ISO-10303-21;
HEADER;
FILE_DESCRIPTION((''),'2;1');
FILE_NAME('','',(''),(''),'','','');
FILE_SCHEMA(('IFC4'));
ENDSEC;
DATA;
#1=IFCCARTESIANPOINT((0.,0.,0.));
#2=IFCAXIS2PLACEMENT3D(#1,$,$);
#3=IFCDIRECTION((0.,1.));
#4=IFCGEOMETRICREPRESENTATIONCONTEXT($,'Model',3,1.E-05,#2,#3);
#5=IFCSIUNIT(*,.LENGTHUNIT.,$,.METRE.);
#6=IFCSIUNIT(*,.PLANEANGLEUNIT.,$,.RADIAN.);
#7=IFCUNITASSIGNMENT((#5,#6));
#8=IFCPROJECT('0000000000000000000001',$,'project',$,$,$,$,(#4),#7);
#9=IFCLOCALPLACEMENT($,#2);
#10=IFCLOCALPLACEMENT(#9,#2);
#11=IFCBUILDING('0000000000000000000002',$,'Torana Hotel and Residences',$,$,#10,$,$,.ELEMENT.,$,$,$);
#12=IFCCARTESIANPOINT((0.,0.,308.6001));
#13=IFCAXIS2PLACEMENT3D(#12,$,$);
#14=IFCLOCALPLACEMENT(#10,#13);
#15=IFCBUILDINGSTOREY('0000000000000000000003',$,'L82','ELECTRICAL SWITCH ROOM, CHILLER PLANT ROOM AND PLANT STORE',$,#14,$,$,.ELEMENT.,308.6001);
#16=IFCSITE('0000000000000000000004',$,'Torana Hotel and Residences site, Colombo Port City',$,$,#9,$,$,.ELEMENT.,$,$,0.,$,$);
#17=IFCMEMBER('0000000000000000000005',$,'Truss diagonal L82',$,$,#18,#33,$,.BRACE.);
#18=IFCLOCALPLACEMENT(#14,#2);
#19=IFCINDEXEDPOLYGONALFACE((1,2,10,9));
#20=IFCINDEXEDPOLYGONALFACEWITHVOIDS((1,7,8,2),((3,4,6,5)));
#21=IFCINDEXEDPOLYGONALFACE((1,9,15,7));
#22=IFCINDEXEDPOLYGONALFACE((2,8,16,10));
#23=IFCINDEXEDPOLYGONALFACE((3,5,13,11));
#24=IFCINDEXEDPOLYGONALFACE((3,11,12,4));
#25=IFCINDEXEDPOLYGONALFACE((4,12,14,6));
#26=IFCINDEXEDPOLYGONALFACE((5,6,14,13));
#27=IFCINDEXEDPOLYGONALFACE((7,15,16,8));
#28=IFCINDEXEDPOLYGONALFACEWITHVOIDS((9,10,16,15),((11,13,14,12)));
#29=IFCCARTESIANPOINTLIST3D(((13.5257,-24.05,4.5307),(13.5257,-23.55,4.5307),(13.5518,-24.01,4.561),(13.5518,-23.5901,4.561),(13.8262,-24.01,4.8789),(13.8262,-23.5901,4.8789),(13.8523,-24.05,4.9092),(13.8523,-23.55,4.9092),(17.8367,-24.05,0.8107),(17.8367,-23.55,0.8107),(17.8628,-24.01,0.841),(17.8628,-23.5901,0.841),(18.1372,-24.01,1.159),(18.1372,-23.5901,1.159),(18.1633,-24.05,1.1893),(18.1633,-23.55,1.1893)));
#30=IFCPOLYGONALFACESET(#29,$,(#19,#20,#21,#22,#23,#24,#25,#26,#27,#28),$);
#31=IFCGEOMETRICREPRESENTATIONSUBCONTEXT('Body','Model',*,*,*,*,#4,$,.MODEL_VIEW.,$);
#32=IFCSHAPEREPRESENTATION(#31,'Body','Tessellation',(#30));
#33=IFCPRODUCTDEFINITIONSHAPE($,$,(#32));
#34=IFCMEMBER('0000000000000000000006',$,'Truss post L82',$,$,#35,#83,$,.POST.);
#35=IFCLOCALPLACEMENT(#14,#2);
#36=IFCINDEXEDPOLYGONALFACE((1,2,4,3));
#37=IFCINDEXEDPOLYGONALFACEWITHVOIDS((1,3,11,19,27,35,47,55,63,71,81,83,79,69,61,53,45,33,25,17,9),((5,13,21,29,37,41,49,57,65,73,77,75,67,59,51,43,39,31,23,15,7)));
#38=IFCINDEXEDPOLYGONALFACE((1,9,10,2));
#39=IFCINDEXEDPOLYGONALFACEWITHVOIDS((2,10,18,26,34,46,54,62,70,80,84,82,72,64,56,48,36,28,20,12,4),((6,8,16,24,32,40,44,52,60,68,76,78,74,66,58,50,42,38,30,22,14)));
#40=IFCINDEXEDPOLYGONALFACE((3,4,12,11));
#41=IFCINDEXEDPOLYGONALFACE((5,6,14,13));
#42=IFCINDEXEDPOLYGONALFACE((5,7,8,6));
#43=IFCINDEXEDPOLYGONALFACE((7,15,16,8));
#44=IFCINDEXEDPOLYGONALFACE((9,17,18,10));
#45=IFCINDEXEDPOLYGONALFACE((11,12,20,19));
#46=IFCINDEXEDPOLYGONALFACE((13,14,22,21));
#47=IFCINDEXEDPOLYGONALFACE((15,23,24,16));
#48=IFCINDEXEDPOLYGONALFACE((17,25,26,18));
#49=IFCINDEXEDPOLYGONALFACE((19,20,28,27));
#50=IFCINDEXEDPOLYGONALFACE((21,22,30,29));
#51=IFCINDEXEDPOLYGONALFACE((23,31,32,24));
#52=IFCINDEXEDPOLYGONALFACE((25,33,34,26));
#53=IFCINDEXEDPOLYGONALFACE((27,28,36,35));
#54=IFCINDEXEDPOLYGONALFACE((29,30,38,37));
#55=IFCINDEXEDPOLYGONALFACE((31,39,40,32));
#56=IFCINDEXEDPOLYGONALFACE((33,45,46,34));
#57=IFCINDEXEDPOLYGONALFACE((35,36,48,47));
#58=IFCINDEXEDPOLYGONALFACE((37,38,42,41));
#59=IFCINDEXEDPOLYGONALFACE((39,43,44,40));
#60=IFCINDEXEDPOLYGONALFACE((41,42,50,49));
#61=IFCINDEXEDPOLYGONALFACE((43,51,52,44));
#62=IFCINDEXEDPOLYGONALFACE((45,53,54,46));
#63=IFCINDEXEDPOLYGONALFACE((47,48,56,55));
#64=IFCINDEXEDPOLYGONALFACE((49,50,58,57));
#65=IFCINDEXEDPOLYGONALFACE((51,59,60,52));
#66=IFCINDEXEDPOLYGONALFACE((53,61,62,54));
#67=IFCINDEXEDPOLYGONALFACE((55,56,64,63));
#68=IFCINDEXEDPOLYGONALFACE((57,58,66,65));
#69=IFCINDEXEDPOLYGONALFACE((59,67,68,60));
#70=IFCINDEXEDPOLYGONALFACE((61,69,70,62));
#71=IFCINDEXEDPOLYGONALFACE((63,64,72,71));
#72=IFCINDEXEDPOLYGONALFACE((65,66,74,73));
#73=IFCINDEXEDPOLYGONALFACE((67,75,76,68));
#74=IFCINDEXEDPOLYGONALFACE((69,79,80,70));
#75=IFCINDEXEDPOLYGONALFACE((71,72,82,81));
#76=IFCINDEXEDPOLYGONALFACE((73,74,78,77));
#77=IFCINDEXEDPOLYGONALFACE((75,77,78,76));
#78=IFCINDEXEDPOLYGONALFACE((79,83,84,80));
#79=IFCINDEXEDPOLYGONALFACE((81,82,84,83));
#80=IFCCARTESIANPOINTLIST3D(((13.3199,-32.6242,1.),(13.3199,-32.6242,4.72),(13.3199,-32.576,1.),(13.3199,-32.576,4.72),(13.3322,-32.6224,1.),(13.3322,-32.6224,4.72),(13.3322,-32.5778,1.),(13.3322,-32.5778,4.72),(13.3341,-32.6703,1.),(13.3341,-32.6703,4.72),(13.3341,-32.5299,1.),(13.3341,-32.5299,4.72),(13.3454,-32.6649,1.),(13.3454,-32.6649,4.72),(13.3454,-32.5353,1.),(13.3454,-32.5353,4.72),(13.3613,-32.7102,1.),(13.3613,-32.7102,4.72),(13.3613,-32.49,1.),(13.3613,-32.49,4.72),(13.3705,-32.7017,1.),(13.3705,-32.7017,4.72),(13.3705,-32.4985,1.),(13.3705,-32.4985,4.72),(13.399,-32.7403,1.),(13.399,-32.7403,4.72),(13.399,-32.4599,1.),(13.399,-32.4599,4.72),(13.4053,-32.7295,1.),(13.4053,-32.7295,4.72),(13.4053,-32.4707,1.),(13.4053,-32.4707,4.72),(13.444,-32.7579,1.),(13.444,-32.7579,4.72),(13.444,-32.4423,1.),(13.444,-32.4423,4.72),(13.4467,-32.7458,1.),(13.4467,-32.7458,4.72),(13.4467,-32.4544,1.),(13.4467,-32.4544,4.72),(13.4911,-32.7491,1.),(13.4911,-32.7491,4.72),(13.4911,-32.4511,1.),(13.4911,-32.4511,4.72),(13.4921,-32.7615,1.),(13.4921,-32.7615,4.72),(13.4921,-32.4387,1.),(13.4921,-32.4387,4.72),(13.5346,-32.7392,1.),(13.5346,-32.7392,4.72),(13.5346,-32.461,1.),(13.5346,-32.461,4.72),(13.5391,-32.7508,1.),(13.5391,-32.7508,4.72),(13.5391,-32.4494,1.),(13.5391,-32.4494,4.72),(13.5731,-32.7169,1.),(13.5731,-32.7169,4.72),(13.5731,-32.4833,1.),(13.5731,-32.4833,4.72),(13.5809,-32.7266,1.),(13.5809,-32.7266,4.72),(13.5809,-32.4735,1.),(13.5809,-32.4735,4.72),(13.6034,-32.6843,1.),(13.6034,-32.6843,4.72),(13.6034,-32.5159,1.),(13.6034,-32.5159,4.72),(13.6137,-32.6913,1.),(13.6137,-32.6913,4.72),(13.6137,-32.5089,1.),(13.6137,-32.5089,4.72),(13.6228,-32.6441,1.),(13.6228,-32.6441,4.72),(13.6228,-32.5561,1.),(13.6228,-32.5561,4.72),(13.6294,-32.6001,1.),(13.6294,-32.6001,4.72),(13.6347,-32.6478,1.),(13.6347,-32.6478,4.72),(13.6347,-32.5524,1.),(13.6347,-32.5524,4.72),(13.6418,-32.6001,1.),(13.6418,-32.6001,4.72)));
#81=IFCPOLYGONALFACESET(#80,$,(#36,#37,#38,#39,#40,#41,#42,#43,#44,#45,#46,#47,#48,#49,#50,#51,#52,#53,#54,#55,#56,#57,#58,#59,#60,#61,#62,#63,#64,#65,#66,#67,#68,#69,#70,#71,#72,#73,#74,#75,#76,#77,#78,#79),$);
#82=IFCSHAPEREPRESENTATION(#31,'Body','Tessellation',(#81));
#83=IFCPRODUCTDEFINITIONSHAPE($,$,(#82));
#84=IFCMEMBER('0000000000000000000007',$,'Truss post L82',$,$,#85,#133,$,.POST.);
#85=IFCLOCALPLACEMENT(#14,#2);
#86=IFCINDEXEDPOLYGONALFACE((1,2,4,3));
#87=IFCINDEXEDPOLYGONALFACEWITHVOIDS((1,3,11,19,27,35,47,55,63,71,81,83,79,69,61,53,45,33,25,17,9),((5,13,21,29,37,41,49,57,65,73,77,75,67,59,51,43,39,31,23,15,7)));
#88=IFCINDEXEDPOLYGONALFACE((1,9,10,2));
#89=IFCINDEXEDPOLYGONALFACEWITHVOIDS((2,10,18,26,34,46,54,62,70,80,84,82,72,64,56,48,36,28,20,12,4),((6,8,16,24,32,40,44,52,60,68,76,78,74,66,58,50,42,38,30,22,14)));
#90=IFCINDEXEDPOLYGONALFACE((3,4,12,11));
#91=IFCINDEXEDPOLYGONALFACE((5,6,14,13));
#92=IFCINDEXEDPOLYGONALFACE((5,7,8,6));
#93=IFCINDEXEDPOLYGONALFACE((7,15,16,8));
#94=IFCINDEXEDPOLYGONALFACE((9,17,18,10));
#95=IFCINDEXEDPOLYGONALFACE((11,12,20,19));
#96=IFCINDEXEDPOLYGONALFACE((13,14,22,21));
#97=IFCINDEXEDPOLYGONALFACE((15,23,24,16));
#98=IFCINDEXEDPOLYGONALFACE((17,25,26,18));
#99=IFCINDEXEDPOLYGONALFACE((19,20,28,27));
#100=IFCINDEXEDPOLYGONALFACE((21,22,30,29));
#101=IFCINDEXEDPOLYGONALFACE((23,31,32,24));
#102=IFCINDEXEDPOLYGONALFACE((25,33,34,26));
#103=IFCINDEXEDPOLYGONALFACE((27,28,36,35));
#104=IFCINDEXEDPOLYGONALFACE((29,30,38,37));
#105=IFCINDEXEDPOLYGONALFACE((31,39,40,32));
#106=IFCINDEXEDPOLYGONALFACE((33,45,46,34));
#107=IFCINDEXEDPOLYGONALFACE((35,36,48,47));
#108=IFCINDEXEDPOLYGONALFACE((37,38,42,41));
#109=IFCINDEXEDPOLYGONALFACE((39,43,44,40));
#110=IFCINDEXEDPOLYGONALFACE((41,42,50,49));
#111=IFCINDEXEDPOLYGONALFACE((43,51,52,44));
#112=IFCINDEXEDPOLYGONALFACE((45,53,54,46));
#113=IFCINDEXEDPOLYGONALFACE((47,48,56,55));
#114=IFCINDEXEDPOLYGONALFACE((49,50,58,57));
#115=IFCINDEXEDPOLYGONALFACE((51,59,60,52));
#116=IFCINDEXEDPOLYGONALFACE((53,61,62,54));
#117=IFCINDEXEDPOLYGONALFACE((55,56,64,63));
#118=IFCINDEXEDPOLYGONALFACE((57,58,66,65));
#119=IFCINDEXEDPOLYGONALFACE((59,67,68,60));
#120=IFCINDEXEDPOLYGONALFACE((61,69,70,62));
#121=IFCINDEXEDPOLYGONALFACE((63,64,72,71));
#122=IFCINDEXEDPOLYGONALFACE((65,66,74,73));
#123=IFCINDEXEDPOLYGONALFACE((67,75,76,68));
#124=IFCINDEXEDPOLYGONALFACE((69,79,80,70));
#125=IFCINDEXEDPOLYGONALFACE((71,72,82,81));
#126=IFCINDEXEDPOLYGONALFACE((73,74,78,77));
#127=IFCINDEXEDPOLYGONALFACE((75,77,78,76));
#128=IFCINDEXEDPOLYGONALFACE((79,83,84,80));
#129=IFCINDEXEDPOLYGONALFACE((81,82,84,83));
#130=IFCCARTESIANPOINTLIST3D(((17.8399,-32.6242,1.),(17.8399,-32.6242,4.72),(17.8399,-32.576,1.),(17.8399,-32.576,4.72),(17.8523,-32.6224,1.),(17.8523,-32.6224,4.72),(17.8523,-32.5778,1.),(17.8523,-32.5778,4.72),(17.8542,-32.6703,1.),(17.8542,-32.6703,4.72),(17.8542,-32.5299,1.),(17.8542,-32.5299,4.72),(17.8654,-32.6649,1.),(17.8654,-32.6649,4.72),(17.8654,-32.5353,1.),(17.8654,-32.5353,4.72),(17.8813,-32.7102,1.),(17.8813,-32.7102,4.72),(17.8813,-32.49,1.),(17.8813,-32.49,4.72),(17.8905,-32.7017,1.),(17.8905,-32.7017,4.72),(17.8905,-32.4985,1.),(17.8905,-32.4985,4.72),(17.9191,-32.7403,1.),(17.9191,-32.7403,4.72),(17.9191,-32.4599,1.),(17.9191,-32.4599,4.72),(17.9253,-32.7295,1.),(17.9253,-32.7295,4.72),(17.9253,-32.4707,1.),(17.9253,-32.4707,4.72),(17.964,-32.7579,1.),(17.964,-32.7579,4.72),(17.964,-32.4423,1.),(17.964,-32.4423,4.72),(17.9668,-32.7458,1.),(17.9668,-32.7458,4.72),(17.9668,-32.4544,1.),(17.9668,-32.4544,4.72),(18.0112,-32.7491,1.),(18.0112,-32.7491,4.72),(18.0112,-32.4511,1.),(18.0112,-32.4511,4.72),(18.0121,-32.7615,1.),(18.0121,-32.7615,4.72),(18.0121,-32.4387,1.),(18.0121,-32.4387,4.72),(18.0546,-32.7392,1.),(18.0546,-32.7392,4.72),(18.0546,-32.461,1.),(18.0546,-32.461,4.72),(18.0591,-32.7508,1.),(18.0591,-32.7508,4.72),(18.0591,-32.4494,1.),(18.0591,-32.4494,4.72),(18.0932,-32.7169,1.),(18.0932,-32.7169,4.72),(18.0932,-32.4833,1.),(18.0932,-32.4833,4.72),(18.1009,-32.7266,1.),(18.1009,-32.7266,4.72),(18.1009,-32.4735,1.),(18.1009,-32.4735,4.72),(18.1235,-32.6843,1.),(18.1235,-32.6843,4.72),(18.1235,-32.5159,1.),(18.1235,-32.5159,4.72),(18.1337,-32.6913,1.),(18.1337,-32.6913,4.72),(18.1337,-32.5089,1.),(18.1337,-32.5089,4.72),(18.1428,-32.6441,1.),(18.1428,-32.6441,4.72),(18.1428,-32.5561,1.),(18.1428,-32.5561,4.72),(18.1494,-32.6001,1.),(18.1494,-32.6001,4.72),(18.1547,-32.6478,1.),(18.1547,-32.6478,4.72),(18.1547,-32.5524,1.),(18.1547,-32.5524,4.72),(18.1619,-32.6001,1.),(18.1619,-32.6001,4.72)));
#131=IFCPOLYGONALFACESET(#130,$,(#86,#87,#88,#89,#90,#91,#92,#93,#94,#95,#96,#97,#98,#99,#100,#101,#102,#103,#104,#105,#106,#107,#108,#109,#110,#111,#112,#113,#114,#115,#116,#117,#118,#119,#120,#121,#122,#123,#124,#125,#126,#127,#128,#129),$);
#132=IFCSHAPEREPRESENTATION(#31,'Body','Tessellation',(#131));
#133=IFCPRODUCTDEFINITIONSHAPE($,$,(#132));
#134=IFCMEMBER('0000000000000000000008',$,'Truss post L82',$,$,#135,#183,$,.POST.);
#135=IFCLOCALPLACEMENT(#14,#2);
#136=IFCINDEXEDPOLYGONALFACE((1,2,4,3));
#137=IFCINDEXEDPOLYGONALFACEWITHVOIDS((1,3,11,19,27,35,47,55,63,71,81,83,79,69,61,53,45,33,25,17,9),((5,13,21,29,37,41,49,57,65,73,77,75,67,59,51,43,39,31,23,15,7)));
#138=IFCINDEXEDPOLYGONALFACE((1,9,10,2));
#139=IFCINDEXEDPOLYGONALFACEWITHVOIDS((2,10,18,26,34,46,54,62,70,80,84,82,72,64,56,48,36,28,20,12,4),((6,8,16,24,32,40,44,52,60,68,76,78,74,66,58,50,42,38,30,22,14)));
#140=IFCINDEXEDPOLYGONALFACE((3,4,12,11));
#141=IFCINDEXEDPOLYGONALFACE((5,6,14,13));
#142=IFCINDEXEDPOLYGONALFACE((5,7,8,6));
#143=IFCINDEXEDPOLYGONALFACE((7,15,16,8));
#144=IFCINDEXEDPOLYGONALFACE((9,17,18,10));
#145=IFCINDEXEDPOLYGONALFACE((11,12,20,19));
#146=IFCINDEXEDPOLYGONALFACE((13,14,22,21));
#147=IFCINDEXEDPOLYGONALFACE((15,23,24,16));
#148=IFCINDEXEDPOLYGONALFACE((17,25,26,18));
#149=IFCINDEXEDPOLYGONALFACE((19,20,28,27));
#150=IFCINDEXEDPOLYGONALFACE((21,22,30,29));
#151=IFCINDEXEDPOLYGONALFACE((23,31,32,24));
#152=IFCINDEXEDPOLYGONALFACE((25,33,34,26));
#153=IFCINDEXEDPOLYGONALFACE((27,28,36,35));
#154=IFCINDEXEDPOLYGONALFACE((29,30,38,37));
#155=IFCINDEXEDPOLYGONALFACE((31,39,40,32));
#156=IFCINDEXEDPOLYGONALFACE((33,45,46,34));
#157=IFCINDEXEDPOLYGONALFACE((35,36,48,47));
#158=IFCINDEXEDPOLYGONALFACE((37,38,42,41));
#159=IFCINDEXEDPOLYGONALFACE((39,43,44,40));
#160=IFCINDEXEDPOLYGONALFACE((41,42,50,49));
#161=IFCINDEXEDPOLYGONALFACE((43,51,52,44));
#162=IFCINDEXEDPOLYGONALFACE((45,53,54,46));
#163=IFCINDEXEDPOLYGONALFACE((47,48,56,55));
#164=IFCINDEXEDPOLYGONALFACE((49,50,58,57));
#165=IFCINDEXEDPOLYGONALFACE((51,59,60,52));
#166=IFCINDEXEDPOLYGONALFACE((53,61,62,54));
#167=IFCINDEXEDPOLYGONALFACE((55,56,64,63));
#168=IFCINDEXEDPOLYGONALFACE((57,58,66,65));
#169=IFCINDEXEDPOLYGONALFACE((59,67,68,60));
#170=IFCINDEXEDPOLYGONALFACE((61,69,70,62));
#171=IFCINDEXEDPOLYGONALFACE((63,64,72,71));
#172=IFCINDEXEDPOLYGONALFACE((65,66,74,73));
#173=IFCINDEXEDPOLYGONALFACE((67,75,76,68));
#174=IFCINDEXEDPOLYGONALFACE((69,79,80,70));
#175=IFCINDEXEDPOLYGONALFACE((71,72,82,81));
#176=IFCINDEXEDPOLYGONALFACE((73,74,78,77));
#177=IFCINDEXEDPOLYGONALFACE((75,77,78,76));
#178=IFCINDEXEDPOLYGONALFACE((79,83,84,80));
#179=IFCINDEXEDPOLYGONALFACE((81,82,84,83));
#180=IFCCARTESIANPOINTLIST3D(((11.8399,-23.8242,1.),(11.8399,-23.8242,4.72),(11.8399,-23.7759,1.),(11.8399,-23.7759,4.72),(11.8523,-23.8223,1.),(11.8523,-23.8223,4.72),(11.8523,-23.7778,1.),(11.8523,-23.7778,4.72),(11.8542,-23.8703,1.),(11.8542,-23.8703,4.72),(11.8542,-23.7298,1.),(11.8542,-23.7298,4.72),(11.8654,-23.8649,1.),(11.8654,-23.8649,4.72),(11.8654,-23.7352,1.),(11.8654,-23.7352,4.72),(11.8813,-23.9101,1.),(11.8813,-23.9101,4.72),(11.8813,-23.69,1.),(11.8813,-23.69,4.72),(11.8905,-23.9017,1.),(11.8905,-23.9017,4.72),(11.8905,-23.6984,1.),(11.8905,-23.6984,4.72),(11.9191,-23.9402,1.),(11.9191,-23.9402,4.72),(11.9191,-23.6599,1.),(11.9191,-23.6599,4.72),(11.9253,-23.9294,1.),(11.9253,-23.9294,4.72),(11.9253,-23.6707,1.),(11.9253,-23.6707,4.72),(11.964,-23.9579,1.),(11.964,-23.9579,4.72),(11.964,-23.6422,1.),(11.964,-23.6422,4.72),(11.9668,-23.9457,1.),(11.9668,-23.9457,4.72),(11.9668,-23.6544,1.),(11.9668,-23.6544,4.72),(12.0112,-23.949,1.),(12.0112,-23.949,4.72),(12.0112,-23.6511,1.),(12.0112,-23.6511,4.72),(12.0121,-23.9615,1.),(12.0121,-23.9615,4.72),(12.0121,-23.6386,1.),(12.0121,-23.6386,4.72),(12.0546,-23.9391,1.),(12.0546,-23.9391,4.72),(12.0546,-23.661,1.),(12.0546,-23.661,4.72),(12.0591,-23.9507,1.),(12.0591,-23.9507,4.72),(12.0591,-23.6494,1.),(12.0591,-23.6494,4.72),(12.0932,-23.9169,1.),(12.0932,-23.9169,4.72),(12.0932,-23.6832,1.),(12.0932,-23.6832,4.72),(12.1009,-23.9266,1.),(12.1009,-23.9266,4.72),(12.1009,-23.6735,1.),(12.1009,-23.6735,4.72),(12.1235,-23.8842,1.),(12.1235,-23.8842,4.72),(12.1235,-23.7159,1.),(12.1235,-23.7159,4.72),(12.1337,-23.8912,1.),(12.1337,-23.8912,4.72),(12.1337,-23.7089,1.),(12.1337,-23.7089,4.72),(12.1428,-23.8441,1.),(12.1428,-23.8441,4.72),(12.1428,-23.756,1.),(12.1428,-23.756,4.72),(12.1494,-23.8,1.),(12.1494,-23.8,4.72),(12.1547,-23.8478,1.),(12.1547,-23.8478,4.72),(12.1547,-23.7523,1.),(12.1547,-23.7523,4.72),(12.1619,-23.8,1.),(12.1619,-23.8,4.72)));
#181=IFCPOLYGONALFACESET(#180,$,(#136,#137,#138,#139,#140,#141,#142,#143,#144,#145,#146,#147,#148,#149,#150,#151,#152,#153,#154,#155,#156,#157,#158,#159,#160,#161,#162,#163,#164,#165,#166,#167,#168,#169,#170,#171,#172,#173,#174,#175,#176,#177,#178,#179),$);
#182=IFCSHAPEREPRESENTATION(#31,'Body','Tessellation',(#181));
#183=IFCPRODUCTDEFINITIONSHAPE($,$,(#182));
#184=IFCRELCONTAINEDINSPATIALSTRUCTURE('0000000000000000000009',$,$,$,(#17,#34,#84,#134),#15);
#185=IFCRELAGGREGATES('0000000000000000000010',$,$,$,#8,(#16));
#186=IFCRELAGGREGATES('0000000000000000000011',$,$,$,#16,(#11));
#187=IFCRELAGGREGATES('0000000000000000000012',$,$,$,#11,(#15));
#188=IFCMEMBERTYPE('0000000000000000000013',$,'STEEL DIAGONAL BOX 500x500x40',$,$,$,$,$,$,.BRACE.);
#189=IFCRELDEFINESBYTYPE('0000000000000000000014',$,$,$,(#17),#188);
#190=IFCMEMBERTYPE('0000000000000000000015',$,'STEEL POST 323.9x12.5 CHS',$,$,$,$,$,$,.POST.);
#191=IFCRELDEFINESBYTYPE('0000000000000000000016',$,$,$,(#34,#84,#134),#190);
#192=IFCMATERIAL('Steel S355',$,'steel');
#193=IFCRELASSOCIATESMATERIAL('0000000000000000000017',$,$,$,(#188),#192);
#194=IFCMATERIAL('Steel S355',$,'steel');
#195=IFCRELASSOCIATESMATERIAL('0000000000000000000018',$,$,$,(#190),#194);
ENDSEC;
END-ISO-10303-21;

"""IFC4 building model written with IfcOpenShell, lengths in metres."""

from ifc_helpers import new_model, si_unit, direction, frame, origin, origin_2d, place, context, subcontext, project, spatial, hollow_rectangle, hollow_circle, extrude, material, material_profile, profile_set, type_object, element, save


model = new_model("IFC4")

# Units and contexts
model_context = context("Model", 3, precision=1e-05, world=origin(), true_north=direction((0.0, 1.0)))
body_context = subcontext(model_context, "Body", "Model", "MODEL_VIEW")
ifc_project = project(units=[si_unit("LENGTHUNIT", "METRE"), si_unit("PLANEANGLEUNIT", "RADIAN")], contexts=[model_context])

# Site, building, storey
site_placement = place(None, origin())
site = spatial("IfcSite", under=ifc_project, at=site_placement, Name="Torana Hotel and Residences site, Colombo Port City", CompositionType="ELEMENT", RefElevation=0.0)
building_placement = place(site_placement, origin())
building = spatial("IfcBuilding", under=site, at=building_placement, Name="Torana Hotel and Residences", CompositionType="ELEMENT")
storey_placement = place(building_placement, frame((0.0, 0.0, 308.6001)))
storey = spatial("IfcBuildingStorey", under=building, at=storey_placement, Name="L82", Description="ELECTRICAL SWITCH ROOM, CHILLER PLANT ROOM AND PLANT STORE", CompositionType="ELEMENT", Elevation=308.6001)

# Members
ifc_material_1 = material(Name="Steel S355", Category="steel")
ifc_material_profile_1 = material_profile(ifc_material_1, hollow_rectangle(XDim=0.5, YDim=0.5, WallThickness=0.04, at=origin_2d()), Name="BOX 500x500x40")
ifc_profile_set_1 = profile_set([ifc_material_profile_1], Name="Steel S355")
member_type_1 = type_object("IfcMemberType", Name="STEEL DIAGONAL BOX 500x500x40", PredefinedType="BRACE", material=ifc_profile_set_1)
for number, where, z_axis, x_axis, name in (
    (1, (18.0, -23.8, 1.0), (-0.757101, 0.0, 0.653298), (0.0, -1.0, 0.0), "Truss diagonal L82"),
):
    element("IfcMember", number, at=place(storey_placement, frame(where, z_axis=z_axis, x_axis=x_axis)), inside=storey, type_object=member_type_1, Name=name, PredefinedType="BRACE", context=body_context, shape_type="SweptSolid", body=[
        extrude(hollow_rectangle(XDim=0.5, YDim=0.5, WallThickness=0.04, at=origin_2d()), origin(), (0.0, 0.0, 1.0), 5.6941),
    ])
ifc_material_2 = material(Name="Steel S355", Category="steel")
ifc_material_profile_2 = material_profile(ifc_material_2, hollow_circle(Radius=0.1619, WallThickness=0.0125, at=origin_2d()), Name="323.9x12.5 CHS")
ifc_profile_set_2 = profile_set([ifc_material_profile_2], Name="Steel S355")
member_type_2 = type_object("IfcMemberType", Name="STEEL POST 323.9x12.5 CHS", PredefinedType="POST", material=ifc_profile_set_2)
for number, where, z_axis, x_axis, name in (
    (2, (13.48, -32.6001, 1.0), (0.0, 0.0, 1.0), (1.0, 0.0, 0.0), "Truss post L82"),
    (3, (18.0, -32.6001, 1.0), (0.0, 0.0, 1.0), (1.0, 0.0, 0.0), "Truss post L82"),
    (4, (12.0, -23.8, 1.0), (0.0, 0.0, 1.0), (1.0, 0.0, 0.0), "Truss post L82"),
):
    element("IfcMember", number, at=place(storey_placement, frame(where, z_axis=z_axis, x_axis=x_axis)), inside=storey, type_object=member_type_2, Name=name, PredefinedType="POST", context=body_context, shape_type="SweptSolid", body=[
        extrude(hollow_circle(Radius=0.1619, WallThickness=0.0125, at=origin_2d()), origin(), (0.0, 0.0, 1.0), 3.72),
    ])

save(model, "model.ifc")
